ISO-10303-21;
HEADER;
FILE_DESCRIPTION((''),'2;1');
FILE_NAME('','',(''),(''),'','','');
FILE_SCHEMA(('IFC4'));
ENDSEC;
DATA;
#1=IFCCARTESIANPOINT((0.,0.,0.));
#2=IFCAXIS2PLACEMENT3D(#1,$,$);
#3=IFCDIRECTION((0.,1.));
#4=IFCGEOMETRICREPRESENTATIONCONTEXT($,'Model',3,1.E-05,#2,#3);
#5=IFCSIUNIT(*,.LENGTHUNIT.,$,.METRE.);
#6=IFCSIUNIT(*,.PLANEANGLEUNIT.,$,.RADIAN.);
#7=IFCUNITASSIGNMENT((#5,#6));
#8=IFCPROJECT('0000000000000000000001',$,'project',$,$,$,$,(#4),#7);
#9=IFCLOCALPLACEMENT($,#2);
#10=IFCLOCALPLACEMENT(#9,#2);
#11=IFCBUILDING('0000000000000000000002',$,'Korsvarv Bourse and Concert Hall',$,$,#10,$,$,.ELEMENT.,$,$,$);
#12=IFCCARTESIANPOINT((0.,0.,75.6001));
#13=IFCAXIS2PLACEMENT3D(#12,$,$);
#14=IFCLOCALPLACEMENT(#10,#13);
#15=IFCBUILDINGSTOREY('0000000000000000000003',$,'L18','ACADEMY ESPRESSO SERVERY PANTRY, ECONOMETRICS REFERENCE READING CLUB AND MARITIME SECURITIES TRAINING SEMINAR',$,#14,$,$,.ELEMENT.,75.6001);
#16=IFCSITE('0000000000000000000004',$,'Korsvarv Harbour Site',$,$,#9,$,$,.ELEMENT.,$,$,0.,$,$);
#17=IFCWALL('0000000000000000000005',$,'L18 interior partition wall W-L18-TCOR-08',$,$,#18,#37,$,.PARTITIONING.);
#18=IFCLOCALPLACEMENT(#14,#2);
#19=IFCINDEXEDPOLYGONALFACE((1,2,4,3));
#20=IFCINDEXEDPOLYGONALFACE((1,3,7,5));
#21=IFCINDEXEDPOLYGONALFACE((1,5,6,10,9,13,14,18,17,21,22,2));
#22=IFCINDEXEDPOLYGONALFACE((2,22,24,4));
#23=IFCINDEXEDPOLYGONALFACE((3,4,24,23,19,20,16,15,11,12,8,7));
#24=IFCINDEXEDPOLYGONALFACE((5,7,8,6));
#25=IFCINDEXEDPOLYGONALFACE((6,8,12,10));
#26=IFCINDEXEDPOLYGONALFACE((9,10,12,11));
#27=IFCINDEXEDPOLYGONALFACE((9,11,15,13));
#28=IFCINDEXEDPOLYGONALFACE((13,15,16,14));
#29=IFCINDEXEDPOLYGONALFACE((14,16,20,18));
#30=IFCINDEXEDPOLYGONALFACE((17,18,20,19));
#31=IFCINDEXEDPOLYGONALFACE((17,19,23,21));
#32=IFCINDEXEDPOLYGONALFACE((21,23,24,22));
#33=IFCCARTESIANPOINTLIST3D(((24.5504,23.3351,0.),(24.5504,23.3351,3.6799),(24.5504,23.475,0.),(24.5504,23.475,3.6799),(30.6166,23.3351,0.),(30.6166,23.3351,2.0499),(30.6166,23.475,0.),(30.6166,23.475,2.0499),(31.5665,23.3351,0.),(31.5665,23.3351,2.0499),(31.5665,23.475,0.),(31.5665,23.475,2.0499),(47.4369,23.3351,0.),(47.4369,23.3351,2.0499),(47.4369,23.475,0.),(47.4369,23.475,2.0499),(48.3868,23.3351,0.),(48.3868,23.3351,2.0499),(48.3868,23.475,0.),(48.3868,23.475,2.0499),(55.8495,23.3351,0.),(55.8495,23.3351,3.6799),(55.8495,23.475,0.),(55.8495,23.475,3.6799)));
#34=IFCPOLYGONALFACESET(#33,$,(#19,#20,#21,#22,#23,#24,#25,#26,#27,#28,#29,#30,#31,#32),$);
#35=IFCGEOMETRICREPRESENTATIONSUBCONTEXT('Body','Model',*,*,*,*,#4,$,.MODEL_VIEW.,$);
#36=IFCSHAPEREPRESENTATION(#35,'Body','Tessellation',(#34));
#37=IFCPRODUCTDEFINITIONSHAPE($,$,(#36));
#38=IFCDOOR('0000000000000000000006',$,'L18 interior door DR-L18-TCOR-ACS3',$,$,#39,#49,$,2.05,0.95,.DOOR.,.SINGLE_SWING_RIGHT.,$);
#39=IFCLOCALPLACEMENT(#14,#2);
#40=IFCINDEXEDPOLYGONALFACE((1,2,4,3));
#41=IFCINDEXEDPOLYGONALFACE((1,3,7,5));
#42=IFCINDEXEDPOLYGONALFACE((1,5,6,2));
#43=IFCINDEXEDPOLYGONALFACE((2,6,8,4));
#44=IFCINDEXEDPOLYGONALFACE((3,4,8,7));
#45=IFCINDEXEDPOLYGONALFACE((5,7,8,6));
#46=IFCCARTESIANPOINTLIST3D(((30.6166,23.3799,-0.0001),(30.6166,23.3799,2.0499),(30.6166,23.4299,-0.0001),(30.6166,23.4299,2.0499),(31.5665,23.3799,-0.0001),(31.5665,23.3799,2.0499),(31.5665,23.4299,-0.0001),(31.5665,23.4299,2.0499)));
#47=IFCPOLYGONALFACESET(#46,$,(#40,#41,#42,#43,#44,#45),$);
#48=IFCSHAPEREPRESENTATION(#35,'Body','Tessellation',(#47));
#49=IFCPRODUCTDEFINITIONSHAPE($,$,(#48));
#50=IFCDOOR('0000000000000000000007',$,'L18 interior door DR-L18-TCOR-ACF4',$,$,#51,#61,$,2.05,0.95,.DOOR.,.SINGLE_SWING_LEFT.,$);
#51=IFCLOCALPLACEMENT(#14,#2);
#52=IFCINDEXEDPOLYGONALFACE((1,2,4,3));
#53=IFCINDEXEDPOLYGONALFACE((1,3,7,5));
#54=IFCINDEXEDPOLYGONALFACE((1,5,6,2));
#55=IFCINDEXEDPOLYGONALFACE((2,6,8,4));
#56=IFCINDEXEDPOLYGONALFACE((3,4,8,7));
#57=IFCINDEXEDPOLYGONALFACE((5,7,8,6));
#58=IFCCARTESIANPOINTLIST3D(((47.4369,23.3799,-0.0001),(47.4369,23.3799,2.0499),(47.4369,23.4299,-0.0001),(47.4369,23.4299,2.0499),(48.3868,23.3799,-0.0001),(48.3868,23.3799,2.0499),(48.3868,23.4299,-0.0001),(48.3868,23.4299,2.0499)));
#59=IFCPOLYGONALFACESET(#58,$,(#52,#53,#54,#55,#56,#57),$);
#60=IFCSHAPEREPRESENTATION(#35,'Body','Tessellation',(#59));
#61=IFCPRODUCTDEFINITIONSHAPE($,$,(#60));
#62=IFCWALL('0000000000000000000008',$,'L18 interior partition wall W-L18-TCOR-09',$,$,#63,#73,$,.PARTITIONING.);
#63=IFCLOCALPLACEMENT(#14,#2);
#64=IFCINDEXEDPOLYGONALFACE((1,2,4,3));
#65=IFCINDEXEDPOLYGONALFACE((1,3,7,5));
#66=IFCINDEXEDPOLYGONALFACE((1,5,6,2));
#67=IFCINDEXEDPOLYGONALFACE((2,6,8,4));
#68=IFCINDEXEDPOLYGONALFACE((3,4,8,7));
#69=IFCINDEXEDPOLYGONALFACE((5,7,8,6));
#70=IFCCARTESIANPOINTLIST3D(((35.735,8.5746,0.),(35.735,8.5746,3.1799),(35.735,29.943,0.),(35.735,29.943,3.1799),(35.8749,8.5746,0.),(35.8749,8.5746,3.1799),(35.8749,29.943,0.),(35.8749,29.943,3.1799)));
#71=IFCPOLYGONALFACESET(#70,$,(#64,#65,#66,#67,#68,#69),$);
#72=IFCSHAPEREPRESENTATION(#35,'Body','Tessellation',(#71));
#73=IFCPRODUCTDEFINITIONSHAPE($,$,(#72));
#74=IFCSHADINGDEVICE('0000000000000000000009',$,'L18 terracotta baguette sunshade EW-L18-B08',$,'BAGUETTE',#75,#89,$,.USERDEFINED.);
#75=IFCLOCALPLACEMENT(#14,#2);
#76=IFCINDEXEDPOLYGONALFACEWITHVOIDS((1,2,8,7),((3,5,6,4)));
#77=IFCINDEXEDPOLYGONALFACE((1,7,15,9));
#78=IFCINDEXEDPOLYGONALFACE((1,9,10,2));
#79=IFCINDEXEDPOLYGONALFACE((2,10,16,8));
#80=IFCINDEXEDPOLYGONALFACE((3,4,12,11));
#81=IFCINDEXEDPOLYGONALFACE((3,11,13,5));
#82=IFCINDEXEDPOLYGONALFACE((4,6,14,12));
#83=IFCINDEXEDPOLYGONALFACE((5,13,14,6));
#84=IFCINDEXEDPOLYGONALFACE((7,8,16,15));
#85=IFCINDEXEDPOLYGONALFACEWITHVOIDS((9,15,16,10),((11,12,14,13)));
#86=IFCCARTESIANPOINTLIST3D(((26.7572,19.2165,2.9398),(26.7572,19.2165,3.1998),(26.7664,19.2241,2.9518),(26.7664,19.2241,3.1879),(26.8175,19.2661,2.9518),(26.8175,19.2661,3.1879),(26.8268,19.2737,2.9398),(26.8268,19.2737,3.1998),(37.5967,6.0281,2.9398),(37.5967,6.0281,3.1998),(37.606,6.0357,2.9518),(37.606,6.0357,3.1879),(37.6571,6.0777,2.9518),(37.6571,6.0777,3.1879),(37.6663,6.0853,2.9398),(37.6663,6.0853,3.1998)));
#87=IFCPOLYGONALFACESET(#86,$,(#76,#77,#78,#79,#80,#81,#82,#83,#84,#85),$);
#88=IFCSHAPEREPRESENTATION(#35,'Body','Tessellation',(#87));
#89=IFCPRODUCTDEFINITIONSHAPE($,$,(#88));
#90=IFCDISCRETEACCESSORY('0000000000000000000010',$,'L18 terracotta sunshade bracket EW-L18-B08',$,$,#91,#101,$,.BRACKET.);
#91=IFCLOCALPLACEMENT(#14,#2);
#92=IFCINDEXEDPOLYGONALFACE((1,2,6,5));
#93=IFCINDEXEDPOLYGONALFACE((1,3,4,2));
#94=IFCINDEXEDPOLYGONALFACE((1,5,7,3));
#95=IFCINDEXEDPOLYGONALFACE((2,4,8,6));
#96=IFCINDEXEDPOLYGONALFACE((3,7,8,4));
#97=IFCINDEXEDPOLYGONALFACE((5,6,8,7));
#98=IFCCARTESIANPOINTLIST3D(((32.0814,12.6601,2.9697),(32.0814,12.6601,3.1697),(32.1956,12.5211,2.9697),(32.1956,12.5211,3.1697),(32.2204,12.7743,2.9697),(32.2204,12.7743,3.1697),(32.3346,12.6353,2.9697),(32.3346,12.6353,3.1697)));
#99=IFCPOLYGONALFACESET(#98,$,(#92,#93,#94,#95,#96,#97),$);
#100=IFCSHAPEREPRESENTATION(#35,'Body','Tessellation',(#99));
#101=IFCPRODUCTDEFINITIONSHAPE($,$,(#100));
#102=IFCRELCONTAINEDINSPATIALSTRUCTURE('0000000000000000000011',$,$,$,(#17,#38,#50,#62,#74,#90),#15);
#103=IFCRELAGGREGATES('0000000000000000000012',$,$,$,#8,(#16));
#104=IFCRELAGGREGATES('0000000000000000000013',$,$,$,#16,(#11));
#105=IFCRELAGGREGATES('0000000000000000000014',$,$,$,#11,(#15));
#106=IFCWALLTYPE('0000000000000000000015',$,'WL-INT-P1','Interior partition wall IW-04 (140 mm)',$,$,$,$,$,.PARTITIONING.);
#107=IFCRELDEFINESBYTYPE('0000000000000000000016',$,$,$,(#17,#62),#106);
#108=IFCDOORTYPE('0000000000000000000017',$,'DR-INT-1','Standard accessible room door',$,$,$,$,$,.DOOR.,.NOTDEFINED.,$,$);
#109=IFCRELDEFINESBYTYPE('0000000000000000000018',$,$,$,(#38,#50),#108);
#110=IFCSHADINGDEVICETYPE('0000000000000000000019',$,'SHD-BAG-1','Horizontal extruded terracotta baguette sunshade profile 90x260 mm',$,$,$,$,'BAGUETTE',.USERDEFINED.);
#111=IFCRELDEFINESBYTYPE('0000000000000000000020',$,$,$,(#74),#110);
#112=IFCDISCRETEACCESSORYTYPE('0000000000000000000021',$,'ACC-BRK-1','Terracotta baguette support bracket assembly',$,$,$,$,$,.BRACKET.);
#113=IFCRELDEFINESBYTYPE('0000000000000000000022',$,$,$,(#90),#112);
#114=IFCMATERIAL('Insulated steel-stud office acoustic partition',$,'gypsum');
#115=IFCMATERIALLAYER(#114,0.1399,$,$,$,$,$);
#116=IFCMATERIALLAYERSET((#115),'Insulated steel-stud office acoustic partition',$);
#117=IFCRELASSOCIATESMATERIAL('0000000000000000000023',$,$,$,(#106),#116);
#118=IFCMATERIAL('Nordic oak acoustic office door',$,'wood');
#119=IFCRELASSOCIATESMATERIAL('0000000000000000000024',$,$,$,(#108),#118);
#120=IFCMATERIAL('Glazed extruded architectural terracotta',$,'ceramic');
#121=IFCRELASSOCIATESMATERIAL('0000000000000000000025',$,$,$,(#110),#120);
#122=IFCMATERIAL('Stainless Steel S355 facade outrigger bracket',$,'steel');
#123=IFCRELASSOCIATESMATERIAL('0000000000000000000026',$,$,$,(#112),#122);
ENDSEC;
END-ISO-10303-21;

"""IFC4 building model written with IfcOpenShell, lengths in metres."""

from ifc_helpers import new_model, si_unit, direction, frame, frame_2d, origin, origin_2d, place, context, subcontext, project, spatial, rectangle, hollow_rectangle, extrude, source, transform, mapped, material, layer, layer_set, material_profile, profile_set, type_object, element, fill, save


model = new_model("IFC4")

# Units and contexts
model_context = context("Model", 3, precision=1e-05, world=origin(), true_north=direction((0.0, 1.0)))
body_context = subcontext(model_context, "Body", "Model", "MODEL_VIEW")
ifc_project = project(units=[si_unit("LENGTHUNIT", "METRE"), si_unit("PLANEANGLEUNIT", "RADIAN")], contexts=[model_context])

# Site, building, storey
site_placement = place(None, origin())
site = spatial("IfcSite", under=ifc_project, at=site_placement, Name="Korsvarv Harbour Site", CompositionType="ELEMENT", RefElevation=0.0)
building_placement = place(site_placement, origin())
building = spatial("IfcBuilding", under=site, at=building_placement, Name="Korsvarv Bourse and Concert Hall", CompositionType="ELEMENT")
storey_placement = place(building_placement, frame((0.0, 0.0, 75.6001)))
storey = spatial("IfcBuildingStorey", under=building, at=storey_placement, Name="L18", Description="ACADEMY ESPRESSO SERVERY PANTRY, ECONOMETRICS REFERENCE READING CLUB AND MARITIME SECURITIES TRAINING SEMINAR", CompositionType="ELEMENT", Elevation=75.6001)

# Wall, openings, doors
ifc_material_1 = material(Name="Insulated steel-stud office acoustic partition", Category="gypsum")
ifc_layer_1 = layer(ifc_material_1, 0.1399)
ifc_layer_set_1 = layer_set([ifc_layer_1], Name="Insulated steel-stud office acoustic partition")
wall_type_1 = type_object("IfcWallType", Name="WL-INT-P1", Description="Interior partition wall IW-04 (140 mm)", PredefinedType="PARTITIONING", material=ifc_layer_set_1)
wall_1_placement = place(storey_placement, frame((24.5505, 23.405, 0.0), z_axis=(0.0, 0.0, 1.0), x_axis=(1.0, 0.0, 0.0)))
wall_1 = element("IfcWall", 1, at=wall_1_placement, inside=storey, type_object=wall_type_1, Name="L18 interior partition wall W-L18-TCOR-08", PredefinedType="PARTITIONING", context=body_context, shape_type="SweptSolid", body=[
    extrude(rectangle(XDim=31.2991, YDim=0.1399, at=frame_2d((15.6494, 0.0))), origin(), (0.0, 0.0, 1.0), 3.6799),
])
opening_1_placement = place(wall_1_placement, frame((6.0659, 0.0, 0.0)))
opening_1 = element("IfcOpeningElement", 2, at=opening_1_placement, cuts=wall_1, PredefinedType="OPENING", context=body_context, shape_type="SweptSolid", body=[
    extrude(rectangle(XDim=0.95, YDim=2.05, at=frame_2d((0.4751, 1.0249))), frame((0.0, 0.0801, 0.0), z_axis=(0.0, -1.0, 0.0), x_axis=(1.0, 0.0, 0.0)), (0.0, 0.0, 1.0), 0.1599),
])
opening_2_placement = place(wall_1_placement, frame((22.8862, 0.0, 0.0)))
opening_2 = element("IfcOpeningElement", 3, at=opening_2_placement, cuts=wall_1, PredefinedType="OPENING", context=body_context, shape_type="SweptSolid", body=[
    extrude(rectangle(XDim=0.95, YDim=2.05, at=frame_2d((0.4751, 1.0249))), frame((0.0, 0.0801, 0.0), z_axis=(0.0, -1.0, 0.0), x_axis=(1.0, 0.0, 0.0)), (0.0, 0.0, 1.0), 0.1599),
])
ifc_material_2 = material(Name="Nordic oak acoustic office door", Category="wood")
door_type = type_object("IfcDoorType", Name="DR-INT-1", Description="Standard accessible room door", OperationType="NOTDEFINED", PredefinedType="DOOR", material=ifc_material_2)
door_1_placement = place(opening_1_placement, origin())
door_1 = element("IfcDoor", 4, at=door_1_placement, inside=storey, type_object=door_type, Name="L18 interior door DR-L18-TCOR-ACS3", OperationType="SINGLE_SWING_RIGHT", OverallHeight=2.05, OverallWidth=0.95, PredefinedType="DOOR", context=body_context, shape_type="SweptSolid", body=[
    extrude(rectangle(XDim=0.95, YDim=2.05, at=frame_2d((0.4751, 1.0249))), frame((0.0, 0.0249, 0.0), z_axis=(0.0, -1.0, 0.0), x_axis=(1.0, 0.0, 0.0)), (0.0, 0.0, 1.0), 0.05),
])
fill(opening_1, door_1)
door_2_placement = place(opening_2_placement, origin())
door_2 = element("IfcDoor", 5, at=door_2_placement, inside=storey, type_object=door_type, Name="L18 interior door DR-L18-TCOR-ACF4", OperationType="SINGLE_SWING_LEFT", OverallHeight=2.05, OverallWidth=0.95, PredefinedType="DOOR", context=body_context, shape_type="SweptSolid", body=[
    extrude(rectangle(XDim=0.95, YDim=2.05, at=frame_2d((0.4751, 1.0249))), frame((0.0, 0.0249, 0.0), z_axis=(0.0, -1.0, 0.0), x_axis=(1.0, 0.0, 0.0)), (0.0, 0.0, 1.0), 0.05),
])
fill(opening_2, door_2)

# Wall
wall_2_placement = place(storey_placement, frame((35.8049, 8.5747, 0.0), z_axis=(0.0, 0.0, 1.0), x_axis=(0.0, 1.0, 0.0)))
element("IfcWall", 6, at=wall_2_placement, inside=storey, type_object=wall_type_1, Name="L18 interior partition wall W-L18-TCOR-09", PredefinedType="PARTITIONING", context=body_context, shape_type="SweptSolid", body=[
    extrude(rectangle(XDim=21.3684, YDim=0.1399, at=frame_2d((10.6841, 0.0))), origin(), (0.0, 0.0, 1.0), 3.1799),
])

# Shading device
ifc_material_3 = material(Name="Glazed extruded architectural terracotta", Category="ceramic")
ifc_material_profile_1 = material_profile(ifc_material_3, hollow_rectangle(XDim=0.0901, YDim=0.26, WallThickness=0.012, at=origin_2d()), Name="TC-BAG 90x260")
ifc_profile_set_1 = profile_set([ifc_material_profile_1], Name="Glazed extruded architectural terracotta")
shading_device_type = type_object("IfcShadingDeviceType", Name="SHD-BAG-1", Description="Horizontal extruded terracotta baguette sunshade profile 90x260 mm", ElementType="BAGUETTE", PredefinedType="USERDEFINED", material=ifc_profile_set_1)
shared_shape_1 = source(origin(), body_context, "Body", "SweptSolid", [
    extrude(hollow_rectangle(XDim=0.0901, YDim=0.26, WallThickness=0.012, at=origin_2d()), origin(), (0.0, 0.0, 1.0), 17.0713),
])
shading_device_placement = place(storey_placement, frame((26.792, 19.2451, 3.0698), z_axis=(0.634957, -0.772548, 0.0), x_axis=(0.772548, 0.634957, 0.0)))
element("IfcShadingDevice", 7, at=shading_device_placement, inside=storey, type_object=shading_device_type, Name="L18 terracotta baguette sunshade EW-L18-B08", ObjectType="BAGUETTE", PredefinedType="USERDEFINED", context=body_context, shape_type="MappedRepresentation", body=[
    mapped(shared_shape_1, transform((0.0, 0.0, 0.0), scale=1.0)),
])

# Discrete accessory
ifc_material_4 = material(Name="Stainless Steel S355 facade outrigger bracket", Category="steel")
discrete_accessory_type = type_object("IfcDiscreteAccessoryType", Name="ACC-BRK-1", Description="Terracotta baguette support bracket assembly", PredefinedType="BRACKET", material=ifc_material_4)
shared_shape_2 = source(origin(), body_context, "Body", "SweptSolid", [
    extrude(rectangle(XDim=0.1799, YDim=0.1799, at=origin_2d()), origin(), (0.0, 0.0, 1.0), 0.2),
])
discrete_accessory_placement = place(storey_placement, frame((32.208, 12.6477, 2.9697), z_axis=(0.0, 0.0, 1.0), x_axis=(0.635, -0.772512, 0.0)))
element("IfcDiscreteAccessory", 8, at=discrete_accessory_placement, inside=storey, type_object=discrete_accessory_type, Name="L18 terracotta sunshade bracket EW-L18-B08", PredefinedType="BRACKET", context=body_context, shape_type="MappedRepresentation", body=[
    mapped(shared_shape_2, transform((0.0, 0.0, 0.0), scale=1.0)),
])

save(model, "model.ifc")
